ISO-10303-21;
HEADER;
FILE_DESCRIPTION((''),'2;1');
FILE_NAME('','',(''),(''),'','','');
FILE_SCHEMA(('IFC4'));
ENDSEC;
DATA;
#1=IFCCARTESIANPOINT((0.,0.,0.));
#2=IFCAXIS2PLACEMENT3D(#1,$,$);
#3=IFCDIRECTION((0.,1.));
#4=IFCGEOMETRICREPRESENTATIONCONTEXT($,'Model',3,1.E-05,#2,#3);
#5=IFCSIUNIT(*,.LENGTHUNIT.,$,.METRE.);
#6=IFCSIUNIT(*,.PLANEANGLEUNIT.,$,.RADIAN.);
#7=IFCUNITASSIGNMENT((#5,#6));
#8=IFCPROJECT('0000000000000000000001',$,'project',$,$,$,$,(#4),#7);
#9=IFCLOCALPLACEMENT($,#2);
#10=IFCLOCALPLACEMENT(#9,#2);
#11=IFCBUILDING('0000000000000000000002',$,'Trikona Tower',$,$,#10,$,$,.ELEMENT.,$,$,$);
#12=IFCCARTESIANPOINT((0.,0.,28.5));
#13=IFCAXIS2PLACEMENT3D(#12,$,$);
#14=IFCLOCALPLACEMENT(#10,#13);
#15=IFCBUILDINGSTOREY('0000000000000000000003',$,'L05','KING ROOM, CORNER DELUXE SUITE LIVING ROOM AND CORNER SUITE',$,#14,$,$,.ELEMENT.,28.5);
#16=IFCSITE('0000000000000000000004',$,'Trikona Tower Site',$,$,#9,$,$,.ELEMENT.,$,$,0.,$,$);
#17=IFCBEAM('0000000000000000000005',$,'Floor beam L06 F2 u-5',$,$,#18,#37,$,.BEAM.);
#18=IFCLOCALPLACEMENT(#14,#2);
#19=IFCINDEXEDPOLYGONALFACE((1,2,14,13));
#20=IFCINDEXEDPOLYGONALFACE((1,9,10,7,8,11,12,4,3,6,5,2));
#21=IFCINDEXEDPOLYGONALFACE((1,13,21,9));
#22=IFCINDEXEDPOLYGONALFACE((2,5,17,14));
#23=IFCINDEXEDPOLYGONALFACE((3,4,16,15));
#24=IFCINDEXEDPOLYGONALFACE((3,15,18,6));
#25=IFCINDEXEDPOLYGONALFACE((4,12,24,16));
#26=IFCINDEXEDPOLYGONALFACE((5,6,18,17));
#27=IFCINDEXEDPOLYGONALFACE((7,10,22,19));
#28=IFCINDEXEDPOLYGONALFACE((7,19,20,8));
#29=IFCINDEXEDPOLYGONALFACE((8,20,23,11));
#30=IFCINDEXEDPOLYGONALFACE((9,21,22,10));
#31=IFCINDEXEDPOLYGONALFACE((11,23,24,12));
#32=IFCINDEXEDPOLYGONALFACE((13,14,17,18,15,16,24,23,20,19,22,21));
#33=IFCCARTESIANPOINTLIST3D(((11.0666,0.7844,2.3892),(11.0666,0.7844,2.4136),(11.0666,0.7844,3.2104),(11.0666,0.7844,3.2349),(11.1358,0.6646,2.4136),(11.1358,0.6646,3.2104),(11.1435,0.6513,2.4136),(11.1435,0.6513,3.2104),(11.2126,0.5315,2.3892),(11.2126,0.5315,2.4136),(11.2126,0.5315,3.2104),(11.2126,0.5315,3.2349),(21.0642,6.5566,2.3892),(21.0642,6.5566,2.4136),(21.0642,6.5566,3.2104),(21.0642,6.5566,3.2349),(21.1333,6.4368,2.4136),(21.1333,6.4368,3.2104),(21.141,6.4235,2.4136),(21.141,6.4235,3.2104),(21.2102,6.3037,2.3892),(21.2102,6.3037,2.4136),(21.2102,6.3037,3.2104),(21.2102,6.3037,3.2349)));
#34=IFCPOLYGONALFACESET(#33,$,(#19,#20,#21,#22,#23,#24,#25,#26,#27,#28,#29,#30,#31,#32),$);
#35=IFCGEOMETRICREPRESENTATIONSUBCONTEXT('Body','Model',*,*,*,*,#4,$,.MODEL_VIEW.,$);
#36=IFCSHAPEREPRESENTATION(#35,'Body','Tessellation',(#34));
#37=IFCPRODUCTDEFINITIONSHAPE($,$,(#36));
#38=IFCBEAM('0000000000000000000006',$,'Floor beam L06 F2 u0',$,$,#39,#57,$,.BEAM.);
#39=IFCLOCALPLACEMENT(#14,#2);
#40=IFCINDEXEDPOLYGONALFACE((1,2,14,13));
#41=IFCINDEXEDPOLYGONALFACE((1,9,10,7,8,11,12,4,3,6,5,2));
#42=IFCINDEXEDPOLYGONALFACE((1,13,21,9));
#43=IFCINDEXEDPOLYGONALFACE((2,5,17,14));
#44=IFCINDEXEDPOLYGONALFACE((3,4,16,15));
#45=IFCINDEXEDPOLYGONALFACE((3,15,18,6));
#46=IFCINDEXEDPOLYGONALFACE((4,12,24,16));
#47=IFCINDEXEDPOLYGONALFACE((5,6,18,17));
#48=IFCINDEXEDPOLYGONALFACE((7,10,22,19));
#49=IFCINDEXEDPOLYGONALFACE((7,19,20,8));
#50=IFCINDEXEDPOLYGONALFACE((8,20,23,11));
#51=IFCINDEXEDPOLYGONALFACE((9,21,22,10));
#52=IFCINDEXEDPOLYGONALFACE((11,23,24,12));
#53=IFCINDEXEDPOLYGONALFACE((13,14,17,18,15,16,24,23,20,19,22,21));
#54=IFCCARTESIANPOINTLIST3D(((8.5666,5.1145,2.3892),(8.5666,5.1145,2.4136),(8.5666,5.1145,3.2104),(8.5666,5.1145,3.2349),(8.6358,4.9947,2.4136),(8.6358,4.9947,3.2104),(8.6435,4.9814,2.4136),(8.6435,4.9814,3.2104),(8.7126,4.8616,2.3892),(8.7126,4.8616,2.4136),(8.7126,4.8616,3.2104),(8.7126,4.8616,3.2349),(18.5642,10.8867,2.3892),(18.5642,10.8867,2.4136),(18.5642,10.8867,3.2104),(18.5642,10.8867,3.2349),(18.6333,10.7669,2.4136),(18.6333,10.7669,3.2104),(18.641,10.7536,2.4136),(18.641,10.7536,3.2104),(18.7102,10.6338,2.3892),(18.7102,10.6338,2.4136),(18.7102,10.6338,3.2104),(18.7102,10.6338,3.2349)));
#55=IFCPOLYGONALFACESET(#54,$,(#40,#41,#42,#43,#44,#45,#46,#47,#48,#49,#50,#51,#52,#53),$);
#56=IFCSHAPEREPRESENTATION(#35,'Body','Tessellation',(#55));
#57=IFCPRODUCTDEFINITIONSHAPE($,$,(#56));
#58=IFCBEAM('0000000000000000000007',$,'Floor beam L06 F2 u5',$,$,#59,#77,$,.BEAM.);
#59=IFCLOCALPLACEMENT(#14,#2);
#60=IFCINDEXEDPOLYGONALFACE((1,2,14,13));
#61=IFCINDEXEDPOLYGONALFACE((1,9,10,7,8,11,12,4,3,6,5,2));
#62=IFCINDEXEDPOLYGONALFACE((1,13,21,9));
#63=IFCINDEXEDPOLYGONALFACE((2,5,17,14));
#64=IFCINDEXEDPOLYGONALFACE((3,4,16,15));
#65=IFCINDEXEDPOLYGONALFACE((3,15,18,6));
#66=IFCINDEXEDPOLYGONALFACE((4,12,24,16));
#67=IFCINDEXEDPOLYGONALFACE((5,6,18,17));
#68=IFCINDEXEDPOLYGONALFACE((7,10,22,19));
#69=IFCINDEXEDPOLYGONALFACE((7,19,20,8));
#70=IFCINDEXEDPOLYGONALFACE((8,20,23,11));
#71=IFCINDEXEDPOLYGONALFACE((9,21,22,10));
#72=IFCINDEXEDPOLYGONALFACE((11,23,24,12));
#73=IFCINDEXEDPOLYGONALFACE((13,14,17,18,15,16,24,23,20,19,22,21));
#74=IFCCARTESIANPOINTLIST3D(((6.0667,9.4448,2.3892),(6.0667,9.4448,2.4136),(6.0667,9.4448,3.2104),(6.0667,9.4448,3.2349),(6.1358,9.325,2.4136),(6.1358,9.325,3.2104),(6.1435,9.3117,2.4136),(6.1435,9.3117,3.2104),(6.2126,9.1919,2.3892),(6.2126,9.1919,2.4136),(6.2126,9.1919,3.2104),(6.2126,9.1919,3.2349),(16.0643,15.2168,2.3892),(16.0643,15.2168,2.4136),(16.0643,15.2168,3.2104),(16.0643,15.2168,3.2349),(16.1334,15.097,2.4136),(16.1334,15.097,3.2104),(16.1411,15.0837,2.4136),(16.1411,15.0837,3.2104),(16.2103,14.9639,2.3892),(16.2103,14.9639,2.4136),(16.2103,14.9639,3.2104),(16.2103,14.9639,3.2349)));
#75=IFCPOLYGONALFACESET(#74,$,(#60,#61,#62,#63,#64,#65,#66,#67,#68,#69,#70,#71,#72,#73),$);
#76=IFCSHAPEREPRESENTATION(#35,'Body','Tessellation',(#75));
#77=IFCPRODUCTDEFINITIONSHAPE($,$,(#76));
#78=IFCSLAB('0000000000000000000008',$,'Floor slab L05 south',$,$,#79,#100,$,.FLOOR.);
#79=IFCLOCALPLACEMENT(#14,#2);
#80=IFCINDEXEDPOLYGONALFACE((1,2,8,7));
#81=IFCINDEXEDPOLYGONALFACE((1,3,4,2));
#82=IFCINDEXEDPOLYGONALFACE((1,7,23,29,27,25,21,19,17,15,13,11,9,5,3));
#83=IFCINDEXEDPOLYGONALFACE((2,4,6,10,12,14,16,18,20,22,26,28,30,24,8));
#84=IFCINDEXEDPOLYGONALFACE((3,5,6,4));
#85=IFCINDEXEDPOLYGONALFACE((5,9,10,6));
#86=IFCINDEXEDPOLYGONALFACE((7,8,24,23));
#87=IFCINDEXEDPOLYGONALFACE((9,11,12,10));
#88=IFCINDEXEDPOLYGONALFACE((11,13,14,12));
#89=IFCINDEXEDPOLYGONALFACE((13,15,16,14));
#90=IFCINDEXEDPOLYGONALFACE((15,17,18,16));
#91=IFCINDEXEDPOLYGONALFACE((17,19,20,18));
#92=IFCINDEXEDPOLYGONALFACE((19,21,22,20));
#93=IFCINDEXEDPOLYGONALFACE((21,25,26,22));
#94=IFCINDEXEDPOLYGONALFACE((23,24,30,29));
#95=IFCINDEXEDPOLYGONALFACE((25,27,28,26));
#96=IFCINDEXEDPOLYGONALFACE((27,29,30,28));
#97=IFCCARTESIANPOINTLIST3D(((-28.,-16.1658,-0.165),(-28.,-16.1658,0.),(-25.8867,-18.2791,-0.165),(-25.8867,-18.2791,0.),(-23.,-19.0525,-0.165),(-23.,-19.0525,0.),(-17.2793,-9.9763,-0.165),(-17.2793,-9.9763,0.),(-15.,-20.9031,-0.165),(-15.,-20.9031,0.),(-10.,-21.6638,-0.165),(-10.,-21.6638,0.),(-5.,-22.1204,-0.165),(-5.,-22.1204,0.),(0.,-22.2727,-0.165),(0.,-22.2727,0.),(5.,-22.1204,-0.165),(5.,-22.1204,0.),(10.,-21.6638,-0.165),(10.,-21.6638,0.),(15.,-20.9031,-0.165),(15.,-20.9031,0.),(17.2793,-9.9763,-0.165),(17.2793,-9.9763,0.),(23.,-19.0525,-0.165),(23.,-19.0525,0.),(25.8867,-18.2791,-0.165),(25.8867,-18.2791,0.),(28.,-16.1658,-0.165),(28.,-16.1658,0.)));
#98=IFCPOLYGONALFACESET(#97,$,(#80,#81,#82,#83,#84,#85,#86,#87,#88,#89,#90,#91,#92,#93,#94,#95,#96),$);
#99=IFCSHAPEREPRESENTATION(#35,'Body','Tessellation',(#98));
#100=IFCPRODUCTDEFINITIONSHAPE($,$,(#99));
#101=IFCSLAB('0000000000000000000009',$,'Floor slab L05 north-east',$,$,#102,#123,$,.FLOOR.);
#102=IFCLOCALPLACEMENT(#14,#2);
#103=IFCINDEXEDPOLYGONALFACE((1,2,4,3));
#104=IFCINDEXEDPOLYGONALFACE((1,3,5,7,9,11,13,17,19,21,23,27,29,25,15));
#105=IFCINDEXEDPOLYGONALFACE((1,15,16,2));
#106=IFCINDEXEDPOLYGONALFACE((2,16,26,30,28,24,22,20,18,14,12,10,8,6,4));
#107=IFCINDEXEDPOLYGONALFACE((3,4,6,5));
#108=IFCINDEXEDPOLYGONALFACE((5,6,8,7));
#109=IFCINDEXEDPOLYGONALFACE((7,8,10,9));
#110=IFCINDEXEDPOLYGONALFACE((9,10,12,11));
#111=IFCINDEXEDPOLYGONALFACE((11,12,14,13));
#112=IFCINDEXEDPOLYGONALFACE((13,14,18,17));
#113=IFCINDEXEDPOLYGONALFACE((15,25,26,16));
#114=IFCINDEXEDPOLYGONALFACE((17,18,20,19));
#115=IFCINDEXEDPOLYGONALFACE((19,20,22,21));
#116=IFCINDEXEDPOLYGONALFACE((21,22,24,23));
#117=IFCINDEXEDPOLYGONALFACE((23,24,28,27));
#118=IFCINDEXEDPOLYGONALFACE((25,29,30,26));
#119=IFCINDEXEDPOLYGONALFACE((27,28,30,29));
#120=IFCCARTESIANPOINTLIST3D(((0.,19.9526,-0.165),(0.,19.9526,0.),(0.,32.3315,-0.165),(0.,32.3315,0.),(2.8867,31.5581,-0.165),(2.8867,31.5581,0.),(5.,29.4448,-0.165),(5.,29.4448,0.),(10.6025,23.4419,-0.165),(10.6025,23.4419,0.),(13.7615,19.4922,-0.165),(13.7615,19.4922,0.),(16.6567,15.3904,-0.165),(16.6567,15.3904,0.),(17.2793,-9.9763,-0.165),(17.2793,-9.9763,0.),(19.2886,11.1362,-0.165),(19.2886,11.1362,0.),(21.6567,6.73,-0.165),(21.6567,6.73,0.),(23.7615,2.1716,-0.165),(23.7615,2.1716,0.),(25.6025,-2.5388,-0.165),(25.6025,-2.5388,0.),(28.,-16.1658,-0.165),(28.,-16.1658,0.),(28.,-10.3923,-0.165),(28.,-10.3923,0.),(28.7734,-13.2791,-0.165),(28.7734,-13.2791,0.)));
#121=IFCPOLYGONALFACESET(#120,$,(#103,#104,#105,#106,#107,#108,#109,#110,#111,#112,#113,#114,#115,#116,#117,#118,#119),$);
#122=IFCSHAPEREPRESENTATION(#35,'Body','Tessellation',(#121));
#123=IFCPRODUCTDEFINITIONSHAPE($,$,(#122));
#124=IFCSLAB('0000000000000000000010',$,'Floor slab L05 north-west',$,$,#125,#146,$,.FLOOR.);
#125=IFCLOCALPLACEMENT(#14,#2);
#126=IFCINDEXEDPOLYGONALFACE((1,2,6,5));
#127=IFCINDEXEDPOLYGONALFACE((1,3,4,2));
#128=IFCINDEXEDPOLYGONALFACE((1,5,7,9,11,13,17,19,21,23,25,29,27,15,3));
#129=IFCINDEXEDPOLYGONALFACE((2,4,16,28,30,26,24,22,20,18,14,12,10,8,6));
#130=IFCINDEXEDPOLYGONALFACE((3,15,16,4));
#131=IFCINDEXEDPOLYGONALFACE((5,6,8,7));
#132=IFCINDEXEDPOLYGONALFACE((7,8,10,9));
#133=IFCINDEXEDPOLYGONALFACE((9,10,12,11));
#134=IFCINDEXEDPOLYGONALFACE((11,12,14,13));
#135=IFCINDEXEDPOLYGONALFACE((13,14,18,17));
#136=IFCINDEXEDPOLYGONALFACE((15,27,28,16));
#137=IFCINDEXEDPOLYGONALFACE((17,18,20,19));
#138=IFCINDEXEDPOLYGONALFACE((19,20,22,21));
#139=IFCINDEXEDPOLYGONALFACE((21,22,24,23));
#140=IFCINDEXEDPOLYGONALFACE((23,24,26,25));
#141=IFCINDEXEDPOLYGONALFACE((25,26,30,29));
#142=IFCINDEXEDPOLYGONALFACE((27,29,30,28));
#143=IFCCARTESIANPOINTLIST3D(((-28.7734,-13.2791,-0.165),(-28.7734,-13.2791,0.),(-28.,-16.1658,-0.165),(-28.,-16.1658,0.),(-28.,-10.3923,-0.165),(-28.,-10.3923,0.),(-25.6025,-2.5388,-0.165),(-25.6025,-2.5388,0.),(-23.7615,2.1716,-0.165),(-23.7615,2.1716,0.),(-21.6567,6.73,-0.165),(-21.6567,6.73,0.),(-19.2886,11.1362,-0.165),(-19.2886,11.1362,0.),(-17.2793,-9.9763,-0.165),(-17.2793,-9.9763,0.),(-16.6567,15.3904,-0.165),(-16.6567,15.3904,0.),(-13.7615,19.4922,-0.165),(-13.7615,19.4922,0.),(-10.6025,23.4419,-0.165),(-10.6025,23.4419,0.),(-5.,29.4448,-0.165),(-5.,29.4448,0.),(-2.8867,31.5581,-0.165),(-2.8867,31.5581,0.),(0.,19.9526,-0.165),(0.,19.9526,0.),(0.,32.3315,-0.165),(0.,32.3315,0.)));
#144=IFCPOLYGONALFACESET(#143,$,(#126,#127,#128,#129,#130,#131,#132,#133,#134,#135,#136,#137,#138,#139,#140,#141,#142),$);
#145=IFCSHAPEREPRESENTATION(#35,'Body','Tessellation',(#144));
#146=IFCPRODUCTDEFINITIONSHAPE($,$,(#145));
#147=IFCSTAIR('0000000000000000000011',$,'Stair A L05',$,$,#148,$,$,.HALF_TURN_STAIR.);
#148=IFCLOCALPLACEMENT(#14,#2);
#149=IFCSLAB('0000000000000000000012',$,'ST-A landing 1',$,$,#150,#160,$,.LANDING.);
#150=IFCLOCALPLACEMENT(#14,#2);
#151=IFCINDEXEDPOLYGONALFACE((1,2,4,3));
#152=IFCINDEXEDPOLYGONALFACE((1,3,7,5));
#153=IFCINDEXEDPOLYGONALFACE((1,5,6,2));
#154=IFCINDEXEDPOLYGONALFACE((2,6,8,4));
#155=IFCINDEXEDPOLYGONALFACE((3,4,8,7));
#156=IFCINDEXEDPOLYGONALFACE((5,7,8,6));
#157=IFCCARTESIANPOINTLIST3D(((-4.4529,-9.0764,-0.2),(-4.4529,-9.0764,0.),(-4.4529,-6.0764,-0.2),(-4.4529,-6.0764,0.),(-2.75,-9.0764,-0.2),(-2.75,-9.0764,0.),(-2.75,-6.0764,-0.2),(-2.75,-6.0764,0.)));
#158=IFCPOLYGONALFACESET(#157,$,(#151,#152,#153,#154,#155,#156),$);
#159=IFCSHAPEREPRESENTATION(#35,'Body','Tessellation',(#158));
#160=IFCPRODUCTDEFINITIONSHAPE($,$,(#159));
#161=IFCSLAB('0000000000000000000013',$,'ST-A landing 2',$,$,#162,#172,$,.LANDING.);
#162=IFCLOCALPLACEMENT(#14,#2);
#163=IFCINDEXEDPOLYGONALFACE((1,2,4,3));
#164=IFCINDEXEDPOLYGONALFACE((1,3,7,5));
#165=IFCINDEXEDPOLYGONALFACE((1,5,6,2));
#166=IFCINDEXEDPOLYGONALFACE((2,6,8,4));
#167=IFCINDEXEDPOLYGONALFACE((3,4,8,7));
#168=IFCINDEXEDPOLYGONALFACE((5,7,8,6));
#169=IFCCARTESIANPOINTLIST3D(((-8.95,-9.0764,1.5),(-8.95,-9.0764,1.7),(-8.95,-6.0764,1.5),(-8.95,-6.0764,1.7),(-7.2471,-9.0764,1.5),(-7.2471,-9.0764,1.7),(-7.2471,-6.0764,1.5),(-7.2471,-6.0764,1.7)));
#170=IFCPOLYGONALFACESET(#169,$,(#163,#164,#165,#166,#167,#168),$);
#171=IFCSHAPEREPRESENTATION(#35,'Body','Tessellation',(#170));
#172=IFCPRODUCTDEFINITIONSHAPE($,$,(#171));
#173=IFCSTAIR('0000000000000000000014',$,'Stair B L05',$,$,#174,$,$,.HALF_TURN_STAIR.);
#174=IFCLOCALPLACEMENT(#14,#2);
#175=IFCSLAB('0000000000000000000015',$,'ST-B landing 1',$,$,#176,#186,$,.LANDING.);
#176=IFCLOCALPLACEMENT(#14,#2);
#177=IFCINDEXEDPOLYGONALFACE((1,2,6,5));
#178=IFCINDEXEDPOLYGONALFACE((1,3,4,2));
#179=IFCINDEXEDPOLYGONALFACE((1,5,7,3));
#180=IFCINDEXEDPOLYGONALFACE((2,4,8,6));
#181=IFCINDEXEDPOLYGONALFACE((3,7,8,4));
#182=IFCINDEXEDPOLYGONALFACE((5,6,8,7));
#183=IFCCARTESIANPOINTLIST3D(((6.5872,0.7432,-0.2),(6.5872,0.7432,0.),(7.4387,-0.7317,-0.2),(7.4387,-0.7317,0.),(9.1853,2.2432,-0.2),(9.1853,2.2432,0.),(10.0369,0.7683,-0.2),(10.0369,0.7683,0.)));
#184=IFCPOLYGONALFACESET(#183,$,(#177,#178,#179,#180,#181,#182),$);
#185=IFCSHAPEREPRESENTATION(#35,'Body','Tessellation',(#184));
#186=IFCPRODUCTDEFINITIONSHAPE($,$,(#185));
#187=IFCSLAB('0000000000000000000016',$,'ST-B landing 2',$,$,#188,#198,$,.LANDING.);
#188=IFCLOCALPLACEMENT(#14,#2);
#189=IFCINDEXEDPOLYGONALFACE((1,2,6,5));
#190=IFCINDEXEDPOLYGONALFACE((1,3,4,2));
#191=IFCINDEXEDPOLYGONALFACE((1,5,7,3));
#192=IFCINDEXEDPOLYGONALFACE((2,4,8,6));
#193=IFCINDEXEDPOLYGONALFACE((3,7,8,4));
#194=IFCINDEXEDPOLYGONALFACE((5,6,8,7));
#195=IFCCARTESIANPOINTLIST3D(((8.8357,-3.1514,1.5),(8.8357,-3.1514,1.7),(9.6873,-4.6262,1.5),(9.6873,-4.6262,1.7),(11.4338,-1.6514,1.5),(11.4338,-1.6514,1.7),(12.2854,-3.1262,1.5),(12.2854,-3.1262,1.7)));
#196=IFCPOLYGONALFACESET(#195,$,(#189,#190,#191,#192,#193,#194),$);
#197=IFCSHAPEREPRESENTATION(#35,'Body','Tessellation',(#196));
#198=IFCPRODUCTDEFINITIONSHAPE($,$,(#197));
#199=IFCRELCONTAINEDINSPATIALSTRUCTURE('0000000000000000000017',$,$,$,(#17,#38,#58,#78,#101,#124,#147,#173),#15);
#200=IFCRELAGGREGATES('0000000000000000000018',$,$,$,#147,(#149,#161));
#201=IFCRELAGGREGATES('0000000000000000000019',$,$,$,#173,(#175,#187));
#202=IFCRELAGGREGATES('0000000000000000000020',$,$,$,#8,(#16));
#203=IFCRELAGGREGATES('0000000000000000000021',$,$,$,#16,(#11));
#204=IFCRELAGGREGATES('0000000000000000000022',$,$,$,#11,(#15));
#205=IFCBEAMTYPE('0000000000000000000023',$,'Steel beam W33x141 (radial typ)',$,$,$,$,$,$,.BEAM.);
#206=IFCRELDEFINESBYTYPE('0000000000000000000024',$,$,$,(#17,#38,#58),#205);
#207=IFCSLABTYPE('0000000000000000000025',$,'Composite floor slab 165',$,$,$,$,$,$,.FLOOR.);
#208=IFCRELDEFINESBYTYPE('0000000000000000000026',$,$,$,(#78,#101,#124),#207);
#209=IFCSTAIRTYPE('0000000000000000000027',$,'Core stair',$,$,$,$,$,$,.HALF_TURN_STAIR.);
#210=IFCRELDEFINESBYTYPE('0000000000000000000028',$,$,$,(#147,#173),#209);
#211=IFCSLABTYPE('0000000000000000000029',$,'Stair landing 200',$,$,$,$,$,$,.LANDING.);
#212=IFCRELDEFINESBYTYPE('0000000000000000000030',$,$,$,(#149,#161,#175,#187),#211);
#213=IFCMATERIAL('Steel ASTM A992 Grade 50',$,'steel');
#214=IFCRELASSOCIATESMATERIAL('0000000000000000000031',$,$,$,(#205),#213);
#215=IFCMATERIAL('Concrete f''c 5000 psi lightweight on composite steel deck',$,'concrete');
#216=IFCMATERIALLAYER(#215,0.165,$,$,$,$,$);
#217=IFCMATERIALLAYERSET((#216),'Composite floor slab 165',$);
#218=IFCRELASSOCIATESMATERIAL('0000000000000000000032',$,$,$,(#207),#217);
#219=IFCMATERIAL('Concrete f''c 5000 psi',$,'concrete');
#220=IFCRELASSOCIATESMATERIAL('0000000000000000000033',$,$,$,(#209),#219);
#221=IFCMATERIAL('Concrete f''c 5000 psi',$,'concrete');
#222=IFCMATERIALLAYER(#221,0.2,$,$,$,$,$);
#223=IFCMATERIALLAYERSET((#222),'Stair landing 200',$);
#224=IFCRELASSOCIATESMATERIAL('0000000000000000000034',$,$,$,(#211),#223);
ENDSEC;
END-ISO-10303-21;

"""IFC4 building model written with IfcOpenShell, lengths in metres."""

from ifc_helpers import new_model, si_unit, direction, frame, origin, origin_2d, place, context, subcontext, project, spatial, polyline, i_section, outline, extrude, material, layer, layer_set, material_profile, profile_set, type_object, element, aggregate, save


model = new_model("IFC4")

# Units and contexts
model_context = context("Model", 3, precision=1e-05, world=origin(), true_north=direction((0.0, 1.0)))
body_context = subcontext(model_context, "Body", "Model", "MODEL_VIEW")
ifc_project = project(units=[si_unit("LENGTHUNIT", "METRE"), si_unit("PLANEANGLEUNIT", "RADIAN")], contexts=[model_context])

# Site, building, storey
site_placement = place(None, origin())
site = spatial("IfcSite", under=ifc_project, at=site_placement, Name="Trikona Tower Site", CompositionType="ELEMENT", RefElevation=0.0)
building_placement = place(site_placement, origin())
building = spatial("IfcBuilding", under=site, at=building_placement, Name="Trikona Tower", CompositionType="ELEMENT")
storey_placement = place(building_placement, frame((0.0, 0.0, 28.5)))
storey = spatial("IfcBuildingStorey", under=building, at=storey_placement, Name="L05", Description="KING ROOM, CORNER DELUXE SUITE LIVING ROOM AND CORNER SUITE", CompositionType="ELEMENT", Elevation=28.5)

# Beams
ifc_material_1 = material(Name="Steel ASTM A992 Grade 50", Category="steel")
ifc_material_profile = material_profile(ifc_material_1, i_section(OverallWidth=0.292, OverallDepth=0.8457, WebThickness=0.0154, FlangeThickness=0.0244, at=origin_2d()), Name="W33X141")
ifc_profile_set = profile_set([ifc_material_profile], Name="Steel ASTM A992 Grade 50")
beam_type = type_object("IfcBeamType", Name="Steel beam W33x141 (radial typ)", PredefinedType="BEAM", material=ifc_profile_set)
for number, where, z_axis, x_axis, name in (
    (1, (11.1396, 0.658, 2.812), (0.866021, 0.500008, 0.0), (-0.500008, 0.866021, 0.0), "Floor beam L06 F2 u-5"),
    (2, (8.6396, 4.988, 2.812), (0.866021, 0.500008, 0.0), (-0.500008, 0.866021, 0.0), "Floor beam L06 F2 u0"),
    (3, (6.1396, 9.3184, 2.812), (0.86603, 0.499992, 0.0), (-0.499992, 0.86603, 0.0), "Floor beam L06 F2 u5"),
):
    element("IfcBeam", number, at=place(storey_placement, frame(where, z_axis=z_axis, x_axis=x_axis)), inside=storey, type_object=beam_type, Name=name, PredefinedType="BEAM", context=body_context, shape_type="SweptSolid", body=[
        extrude(i_section(OverallWidth=0.292, OverallDepth=0.8457, WebThickness=0.0154, FlangeThickness=0.0244, at=origin_2d()), origin(), (0.0, 0.0, 1.0), 11.5442),
    ])

# Slabs
ifc_material_2 = material(Name="Concrete f'c 5000 psi lightweight on composite steel deck", Category="concrete")
ifc_layer_1 = layer(ifc_material_2, 0.165)
ifc_layer_set_1 = layer_set([ifc_layer_1], Name="Composite floor slab 165")
slab_type_1 = type_object("IfcSlabType", Name="Composite floor slab 165", PredefinedType="FLOOR", material=ifc_layer_set_1)
slab_1_placement = place(storey_placement, frame((0.0, 0.0, -0.165)))
element("IfcSlab", 4, at=slab_1_placement, inside=storey, type_object=slab_type_1, Name="Floor slab L05 south", PredefinedType="FLOOR", context=body_context, shape_type="SweptSolid", body=[
    extrude(outline(polyline([(25.8867, -18.2791), (28.0, -16.1658), (17.2793, -9.9763), (-17.2793, -9.9763), (-28.0, -16.1658), (-25.8867, -18.2791), (-23.0, -19.0525), (-15.0, -20.9031), (-10.0, -21.6638), (-5.0, -22.1204), (0.0, -22.2727), (5.0, -22.1204), (10.0, -21.6638), (15.0, -20.9031), (23.0, -19.0525), (25.8867, -18.2791)])), origin(), (0.0, 0.0, 1.0), 0.165),
])
slab_2_placement = place(storey_placement, frame((0.0, 0.0, -0.165)))
element("IfcSlab", 5, at=slab_2_placement, inside=storey, type_object=slab_type_1, Name="Floor slab L05 north-east", PredefinedType="FLOOR", context=body_context, shape_type="SweptSolid", body=[
    extrude(outline(polyline([(2.8867, 31.5581), (0.0, 32.3315), (0.0, 19.9526), (17.2793, -9.9763), (28.0, -16.1658), (28.7734, -13.2791), (28.0, -10.3923), (25.6025, -2.5388), (23.7615, 2.1716), (21.6567, 6.73), (19.2886, 11.1362), (16.6567, 15.3904), (13.7615, 19.4922), (10.6025, 23.4419), (5.0, 29.4448), (2.8867, 31.5581)])), origin(), (0.0, 0.0, 1.0), 0.165),
])
slab_3_placement = place(storey_placement, frame((0.0, 0.0, -0.165)))
element("IfcSlab", 6, at=slab_3_placement, inside=storey, type_object=slab_type_1, Name="Floor slab L05 north-west", PredefinedType="FLOOR", context=body_context, shape_type="SweptSolid", body=[
    extrude(outline(polyline([(0.0, 19.9526), (0.0, 32.3315), (-2.8867, 31.5581), (-5.0, 29.4448), (-10.6025, 23.4419), (-13.7615, 19.4922), (-16.6567, 15.3904), (-19.2886, 11.1362), (-21.6567, 6.73), (-23.7615, 2.1716), (-25.6025, -2.5388), (-28.0, -10.3923), (-28.7734, -13.2791), (-28.0, -16.1658), (-17.2793, -9.9763), (0.0, 19.9526)])), origin(), (0.0, 0.0, 1.0), 0.165),
])

# Stairs, slabs
ifc_material_3 = material(Name="Concrete f'c 5000 psi", Category="concrete")
stair_type = type_object("IfcStairType", Name="Core stair", PredefinedType="HALF_TURN_STAIR", material=ifc_material_3)
stair_1_placement = place(storey_placement, origin())
stair_1 = element("IfcStair", 7, at=stair_1_placement, inside=storey, type_object=stair_type, Name="Stair A L05", PredefinedType="HALF_TURN_STAIR")
ifc_material_4 = material(Name="Concrete f'c 5000 psi", Category="concrete")
ifc_layer_2 = layer(ifc_material_4, 0.2)
ifc_layer_set_2 = layer_set([ifc_layer_2], Name="Stair landing 200")
slab_type_2 = type_object("IfcSlabType", Name="Stair landing 200", PredefinedType="LANDING", material=ifc_layer_set_2)
slab_4_placement = place(storey_placement, frame((0.0, 0.0, -0.2)))
slab_4 = element("IfcSlab", 8, at=slab_4_placement, type_object=slab_type_2, Name="ST-A landing 1", PredefinedType="LANDING", context=body_context, shape_type="SweptSolid", body=[
    extrude(outline(polyline([(-4.4529, -6.0764), (-2.75, -6.0764), (-2.75, -9.0764), (-4.4529, -9.0764), (-4.4529, -6.0764)])), origin(), (0.0, 0.0, 1.0), 0.2),
])
slab_5_placement = place(storey_placement, frame((0.0, 0.0, 1.5)))
slab_5 = element("IfcSlab", 9, at=slab_5_placement, type_object=slab_type_2, Name="ST-A landing 2", PredefinedType="LANDING", context=body_context, shape_type="SweptSolid", body=[
    extrude(outline(polyline([(-8.95, -6.0764), (-7.2471, -6.0764), (-7.2471, -9.0764), (-8.95, -9.0764), (-8.95, -6.0764)])), origin(), (0.0, 0.0, 1.0), 0.2),
])
aggregate(stair_1, [slab_4, slab_5])
stair_2_placement = place(storey_placement, origin())
stair_2 = element("IfcStair", 10, at=stair_2_placement, inside=storey, type_object=stair_type, Name="Stair B L05", PredefinedType="HALF_TURN_STAIR")
slab_6_placement = place(storey_placement, frame((0.0, 0.0, -0.2)))
slab_6 = element("IfcSlab", 11, at=slab_6_placement, type_object=slab_type_2, Name="ST-B landing 1", PredefinedType="LANDING", context=body_context, shape_type="SweptSolid", body=[
    extrude(outline(polyline([(7.4387, -0.7317), (6.5872, 0.7432), (9.1853, 2.2432), (10.0369, 0.7683), (7.4387, -0.7317)])), origin(), (0.0, 0.0, 1.0), 0.2),
])
slab_7_placement = place(storey_placement, frame((0.0, 0.0, 1.5)))
slab_7 = element("IfcSlab", 12, at=slab_7_placement, type_object=slab_type_2, Name="ST-B landing 2", PredefinedType="LANDING", context=body_context, shape_type="SweptSolid", body=[
    extrude(outline(polyline([(9.6873, -4.6262), (8.8357, -3.1514), (11.4338, -1.6514), (12.2854, -3.1262), (9.6873, -4.6262)])), origin(), (0.0, 0.0, 1.0), 0.2),
])

aggregate(stair_2, [slab_6, slab_7])

save(model, "model.ifc")
